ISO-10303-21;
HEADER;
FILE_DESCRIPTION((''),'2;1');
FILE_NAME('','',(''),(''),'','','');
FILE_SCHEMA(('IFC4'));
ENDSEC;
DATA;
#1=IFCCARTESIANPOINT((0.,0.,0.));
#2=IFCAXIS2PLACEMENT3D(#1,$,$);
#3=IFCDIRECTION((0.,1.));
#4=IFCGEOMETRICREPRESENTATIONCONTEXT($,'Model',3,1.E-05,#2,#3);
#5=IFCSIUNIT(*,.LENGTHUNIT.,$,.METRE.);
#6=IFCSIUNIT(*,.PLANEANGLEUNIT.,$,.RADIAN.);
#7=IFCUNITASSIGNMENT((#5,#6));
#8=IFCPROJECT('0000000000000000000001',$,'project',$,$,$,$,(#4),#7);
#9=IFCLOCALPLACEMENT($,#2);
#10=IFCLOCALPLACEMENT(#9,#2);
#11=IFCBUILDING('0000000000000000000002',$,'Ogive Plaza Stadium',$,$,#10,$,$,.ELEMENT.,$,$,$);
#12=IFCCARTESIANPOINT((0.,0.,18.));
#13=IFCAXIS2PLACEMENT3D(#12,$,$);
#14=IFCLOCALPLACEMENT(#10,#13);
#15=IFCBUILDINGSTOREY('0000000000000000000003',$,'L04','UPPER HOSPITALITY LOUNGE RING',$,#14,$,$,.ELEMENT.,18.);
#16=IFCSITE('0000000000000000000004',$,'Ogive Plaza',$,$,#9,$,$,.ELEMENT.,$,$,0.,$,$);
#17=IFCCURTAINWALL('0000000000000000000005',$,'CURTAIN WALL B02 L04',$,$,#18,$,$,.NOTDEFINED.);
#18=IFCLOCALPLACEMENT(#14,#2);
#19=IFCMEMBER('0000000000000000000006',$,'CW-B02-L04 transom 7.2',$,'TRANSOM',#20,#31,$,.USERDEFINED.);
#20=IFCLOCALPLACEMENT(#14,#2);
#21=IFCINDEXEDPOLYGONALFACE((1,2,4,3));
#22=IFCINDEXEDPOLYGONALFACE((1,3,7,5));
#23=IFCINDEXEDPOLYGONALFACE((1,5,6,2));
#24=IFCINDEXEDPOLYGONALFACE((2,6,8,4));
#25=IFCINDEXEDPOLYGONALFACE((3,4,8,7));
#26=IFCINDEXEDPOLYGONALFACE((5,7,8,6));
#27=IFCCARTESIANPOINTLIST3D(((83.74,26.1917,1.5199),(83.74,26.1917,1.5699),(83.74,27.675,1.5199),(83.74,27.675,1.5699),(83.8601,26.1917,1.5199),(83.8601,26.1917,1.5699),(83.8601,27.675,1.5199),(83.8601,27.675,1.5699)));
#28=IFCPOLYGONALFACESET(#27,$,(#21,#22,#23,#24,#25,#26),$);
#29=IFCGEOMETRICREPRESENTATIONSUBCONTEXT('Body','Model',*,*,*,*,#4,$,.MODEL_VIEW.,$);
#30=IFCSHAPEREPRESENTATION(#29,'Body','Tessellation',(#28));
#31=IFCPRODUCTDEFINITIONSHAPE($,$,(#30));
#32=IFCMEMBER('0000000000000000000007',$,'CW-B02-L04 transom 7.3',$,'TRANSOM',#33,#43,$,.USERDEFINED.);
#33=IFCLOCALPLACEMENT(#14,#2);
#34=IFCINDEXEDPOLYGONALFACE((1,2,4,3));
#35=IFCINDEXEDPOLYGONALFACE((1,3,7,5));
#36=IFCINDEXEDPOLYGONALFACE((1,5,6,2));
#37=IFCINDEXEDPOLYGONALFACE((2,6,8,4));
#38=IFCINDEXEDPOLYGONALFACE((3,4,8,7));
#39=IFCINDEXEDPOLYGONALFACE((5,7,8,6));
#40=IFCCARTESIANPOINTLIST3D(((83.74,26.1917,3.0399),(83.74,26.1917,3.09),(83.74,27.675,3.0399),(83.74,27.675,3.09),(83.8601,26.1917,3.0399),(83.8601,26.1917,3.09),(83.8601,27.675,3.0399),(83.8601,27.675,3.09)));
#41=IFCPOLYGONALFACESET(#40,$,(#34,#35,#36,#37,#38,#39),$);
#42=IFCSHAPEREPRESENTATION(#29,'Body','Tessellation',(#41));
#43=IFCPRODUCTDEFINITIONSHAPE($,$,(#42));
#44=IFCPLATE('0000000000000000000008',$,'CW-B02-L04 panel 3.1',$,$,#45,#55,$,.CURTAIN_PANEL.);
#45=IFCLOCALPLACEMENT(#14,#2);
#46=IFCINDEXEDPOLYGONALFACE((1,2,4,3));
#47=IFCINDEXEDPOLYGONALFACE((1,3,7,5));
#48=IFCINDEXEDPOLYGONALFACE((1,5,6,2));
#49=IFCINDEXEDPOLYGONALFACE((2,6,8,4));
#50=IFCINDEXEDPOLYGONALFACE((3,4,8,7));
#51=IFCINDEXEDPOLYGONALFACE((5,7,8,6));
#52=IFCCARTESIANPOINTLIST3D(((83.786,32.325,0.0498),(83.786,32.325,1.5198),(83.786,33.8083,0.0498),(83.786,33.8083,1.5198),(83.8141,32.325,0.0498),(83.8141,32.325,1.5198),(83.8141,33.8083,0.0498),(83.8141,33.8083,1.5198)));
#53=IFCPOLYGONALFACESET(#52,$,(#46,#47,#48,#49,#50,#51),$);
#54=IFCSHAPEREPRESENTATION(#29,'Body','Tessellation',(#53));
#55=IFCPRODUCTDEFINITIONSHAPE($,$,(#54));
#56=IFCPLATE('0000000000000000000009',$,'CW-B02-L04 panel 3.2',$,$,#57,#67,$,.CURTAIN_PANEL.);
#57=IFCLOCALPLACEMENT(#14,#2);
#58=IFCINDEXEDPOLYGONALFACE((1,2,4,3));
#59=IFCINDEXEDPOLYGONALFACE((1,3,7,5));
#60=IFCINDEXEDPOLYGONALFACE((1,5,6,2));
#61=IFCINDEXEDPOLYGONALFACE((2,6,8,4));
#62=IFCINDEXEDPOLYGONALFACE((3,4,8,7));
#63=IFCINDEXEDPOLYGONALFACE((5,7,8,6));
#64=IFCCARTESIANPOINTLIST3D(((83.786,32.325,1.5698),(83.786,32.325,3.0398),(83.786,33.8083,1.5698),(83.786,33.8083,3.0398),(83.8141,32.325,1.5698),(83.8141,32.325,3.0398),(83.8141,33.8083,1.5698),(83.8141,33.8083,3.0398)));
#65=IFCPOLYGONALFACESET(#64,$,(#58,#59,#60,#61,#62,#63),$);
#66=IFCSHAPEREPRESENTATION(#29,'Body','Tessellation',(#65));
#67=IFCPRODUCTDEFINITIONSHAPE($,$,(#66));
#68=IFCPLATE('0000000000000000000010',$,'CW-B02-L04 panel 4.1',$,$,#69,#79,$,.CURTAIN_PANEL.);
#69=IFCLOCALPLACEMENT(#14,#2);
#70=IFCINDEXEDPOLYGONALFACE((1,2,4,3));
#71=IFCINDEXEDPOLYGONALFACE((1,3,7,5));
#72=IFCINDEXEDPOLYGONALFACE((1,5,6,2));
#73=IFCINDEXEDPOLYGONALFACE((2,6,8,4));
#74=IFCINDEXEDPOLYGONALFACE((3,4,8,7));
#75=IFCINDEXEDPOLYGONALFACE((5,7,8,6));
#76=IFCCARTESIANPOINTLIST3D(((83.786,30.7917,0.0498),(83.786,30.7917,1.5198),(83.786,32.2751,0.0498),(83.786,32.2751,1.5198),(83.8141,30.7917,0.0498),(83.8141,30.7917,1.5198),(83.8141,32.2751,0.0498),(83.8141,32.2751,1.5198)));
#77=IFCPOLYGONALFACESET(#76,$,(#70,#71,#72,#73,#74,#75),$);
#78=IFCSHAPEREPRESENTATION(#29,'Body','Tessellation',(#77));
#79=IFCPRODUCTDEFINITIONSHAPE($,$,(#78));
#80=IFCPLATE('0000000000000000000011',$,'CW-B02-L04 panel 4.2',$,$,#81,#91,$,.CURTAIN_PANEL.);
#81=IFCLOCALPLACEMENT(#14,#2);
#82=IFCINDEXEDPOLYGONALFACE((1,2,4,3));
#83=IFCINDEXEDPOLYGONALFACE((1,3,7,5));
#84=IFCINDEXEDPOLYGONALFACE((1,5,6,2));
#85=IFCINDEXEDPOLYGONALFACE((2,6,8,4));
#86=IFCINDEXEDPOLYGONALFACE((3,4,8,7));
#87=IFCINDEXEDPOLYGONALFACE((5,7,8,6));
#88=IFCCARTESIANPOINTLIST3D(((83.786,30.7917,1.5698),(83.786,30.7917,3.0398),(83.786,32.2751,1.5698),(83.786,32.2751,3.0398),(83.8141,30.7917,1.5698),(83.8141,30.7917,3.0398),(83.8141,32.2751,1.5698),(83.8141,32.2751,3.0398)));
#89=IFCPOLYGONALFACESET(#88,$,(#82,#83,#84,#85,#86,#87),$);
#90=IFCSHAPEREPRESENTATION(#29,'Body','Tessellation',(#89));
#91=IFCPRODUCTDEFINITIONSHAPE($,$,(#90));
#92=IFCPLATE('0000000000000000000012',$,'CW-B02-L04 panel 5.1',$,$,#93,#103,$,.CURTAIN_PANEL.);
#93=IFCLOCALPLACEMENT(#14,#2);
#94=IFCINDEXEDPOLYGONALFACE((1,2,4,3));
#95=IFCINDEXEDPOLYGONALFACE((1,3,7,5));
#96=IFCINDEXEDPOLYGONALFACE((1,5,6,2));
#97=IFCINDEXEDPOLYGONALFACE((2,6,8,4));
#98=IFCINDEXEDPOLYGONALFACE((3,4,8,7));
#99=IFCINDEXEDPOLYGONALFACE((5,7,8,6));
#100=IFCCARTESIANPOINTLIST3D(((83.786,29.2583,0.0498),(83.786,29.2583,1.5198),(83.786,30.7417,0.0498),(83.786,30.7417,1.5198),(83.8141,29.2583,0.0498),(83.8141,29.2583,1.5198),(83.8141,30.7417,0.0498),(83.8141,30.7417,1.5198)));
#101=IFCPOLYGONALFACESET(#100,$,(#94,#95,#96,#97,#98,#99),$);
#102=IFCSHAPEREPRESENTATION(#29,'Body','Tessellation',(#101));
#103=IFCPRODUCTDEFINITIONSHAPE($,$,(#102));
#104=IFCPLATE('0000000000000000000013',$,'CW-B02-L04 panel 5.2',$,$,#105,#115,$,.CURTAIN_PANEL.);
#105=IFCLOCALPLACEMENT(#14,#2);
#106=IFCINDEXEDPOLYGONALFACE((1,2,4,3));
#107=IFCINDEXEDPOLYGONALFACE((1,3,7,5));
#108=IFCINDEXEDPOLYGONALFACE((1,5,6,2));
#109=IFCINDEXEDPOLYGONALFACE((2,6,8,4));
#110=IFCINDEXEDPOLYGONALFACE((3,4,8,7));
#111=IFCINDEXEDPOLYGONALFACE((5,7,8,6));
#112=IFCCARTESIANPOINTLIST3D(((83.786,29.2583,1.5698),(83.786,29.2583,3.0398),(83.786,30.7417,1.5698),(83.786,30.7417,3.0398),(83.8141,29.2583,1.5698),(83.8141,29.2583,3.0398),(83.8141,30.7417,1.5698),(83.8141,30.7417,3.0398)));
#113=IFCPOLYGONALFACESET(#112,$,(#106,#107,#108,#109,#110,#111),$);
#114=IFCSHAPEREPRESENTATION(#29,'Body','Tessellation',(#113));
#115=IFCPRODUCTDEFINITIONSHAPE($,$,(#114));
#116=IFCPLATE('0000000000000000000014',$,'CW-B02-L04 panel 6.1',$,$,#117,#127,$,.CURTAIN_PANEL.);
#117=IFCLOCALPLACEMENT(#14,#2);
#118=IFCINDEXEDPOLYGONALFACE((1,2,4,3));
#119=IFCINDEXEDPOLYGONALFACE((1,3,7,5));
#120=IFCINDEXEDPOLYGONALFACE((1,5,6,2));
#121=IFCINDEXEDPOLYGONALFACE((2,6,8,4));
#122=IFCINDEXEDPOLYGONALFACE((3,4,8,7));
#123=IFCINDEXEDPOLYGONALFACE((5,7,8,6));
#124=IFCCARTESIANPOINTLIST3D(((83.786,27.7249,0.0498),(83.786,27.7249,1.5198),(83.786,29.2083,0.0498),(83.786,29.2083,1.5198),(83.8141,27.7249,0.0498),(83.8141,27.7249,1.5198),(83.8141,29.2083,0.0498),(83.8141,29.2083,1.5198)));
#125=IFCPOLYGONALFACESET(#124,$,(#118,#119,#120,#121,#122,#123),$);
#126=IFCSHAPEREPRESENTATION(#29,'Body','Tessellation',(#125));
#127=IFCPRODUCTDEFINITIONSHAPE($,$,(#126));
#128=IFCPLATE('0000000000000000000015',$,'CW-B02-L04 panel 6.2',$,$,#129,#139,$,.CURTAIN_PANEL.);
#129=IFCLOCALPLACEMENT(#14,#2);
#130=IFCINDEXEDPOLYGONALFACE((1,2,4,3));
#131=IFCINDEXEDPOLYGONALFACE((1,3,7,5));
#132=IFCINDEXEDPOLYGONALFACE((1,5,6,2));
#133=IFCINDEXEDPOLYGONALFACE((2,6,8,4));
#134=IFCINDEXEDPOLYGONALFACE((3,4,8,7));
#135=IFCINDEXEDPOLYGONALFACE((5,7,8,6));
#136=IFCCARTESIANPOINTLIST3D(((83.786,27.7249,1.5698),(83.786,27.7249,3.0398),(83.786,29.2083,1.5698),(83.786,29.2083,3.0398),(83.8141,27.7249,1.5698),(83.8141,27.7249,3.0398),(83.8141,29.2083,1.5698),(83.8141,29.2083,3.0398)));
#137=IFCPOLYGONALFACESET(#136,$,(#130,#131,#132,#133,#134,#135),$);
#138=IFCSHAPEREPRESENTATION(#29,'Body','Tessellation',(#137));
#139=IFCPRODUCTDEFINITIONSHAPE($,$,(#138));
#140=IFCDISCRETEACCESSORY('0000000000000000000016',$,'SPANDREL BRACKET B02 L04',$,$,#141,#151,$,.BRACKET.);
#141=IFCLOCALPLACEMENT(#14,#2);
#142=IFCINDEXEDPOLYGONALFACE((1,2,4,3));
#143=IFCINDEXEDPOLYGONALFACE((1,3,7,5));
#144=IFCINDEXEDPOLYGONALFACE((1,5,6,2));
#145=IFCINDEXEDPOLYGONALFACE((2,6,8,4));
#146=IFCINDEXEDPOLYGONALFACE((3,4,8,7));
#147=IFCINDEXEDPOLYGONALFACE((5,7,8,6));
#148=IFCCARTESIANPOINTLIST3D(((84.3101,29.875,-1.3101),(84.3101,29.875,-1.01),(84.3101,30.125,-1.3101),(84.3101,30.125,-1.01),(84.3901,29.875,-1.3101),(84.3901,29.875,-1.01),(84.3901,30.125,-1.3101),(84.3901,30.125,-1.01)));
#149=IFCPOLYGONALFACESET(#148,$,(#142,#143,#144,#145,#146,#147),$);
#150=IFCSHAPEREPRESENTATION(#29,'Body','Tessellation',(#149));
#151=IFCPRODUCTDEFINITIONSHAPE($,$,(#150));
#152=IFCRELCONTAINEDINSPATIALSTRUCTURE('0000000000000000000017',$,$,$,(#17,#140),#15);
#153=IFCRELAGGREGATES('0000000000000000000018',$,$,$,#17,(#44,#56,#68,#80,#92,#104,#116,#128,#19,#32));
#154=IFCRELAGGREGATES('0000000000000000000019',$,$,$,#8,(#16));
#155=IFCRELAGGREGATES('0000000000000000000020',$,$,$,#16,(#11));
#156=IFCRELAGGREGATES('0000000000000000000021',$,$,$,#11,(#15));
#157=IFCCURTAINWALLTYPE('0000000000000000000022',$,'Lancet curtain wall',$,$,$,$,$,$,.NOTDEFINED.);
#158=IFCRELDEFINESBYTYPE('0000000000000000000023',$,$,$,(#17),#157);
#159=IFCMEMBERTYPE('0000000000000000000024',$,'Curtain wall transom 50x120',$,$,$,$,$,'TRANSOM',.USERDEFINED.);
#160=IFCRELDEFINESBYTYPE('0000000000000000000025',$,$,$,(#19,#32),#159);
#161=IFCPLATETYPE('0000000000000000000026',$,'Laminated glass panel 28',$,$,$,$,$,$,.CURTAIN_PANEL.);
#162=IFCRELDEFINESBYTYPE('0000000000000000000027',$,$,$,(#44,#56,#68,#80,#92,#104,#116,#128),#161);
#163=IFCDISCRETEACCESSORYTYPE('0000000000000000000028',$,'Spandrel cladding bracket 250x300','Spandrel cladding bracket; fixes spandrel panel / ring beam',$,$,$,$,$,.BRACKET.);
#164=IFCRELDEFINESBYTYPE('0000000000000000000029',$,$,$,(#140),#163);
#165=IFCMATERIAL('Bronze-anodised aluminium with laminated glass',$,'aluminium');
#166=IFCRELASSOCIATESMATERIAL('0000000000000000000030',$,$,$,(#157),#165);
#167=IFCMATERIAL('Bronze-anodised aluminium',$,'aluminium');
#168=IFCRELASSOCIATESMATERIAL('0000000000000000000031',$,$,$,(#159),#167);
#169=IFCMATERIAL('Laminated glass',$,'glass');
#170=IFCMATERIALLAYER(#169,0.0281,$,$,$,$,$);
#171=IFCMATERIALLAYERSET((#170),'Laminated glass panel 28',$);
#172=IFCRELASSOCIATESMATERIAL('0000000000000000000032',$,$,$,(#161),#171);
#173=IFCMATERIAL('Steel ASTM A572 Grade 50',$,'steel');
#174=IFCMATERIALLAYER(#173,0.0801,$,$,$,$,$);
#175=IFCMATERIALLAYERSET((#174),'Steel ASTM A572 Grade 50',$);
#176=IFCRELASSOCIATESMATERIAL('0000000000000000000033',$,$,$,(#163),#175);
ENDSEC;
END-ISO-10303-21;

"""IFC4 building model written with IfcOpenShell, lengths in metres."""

from ifc_helpers import new_model, si_unit, direction, frame, origin, origin_2d, place, context, subcontext, project, spatial, rectangle, extrude, material, layer, layer_set, material_profile, profile_set, type_object, element, aggregate, save


model = new_model("IFC4")

# Units and contexts
model_context = context("Model", 3, precision=1e-05, world=origin(), true_north=direction((0.0, 1.0)))
body_context = subcontext(model_context, "Body", "Model", "MODEL_VIEW")
ifc_project = project(units=[si_unit("LENGTHUNIT", "METRE"), si_unit("PLANEANGLEUNIT", "RADIAN")], contexts=[model_context])

# Site, building, storey
site_placement = place(None, origin())
site = spatial("IfcSite", under=ifc_project, at=site_placement, Name="Ogive Plaza", CompositionType="ELEMENT", RefElevation=0.0)
building_placement = place(site_placement, origin())
building = spatial("IfcBuilding", under=site, at=building_placement, Name="Ogive Plaza Stadium", CompositionType="ELEMENT")
storey_placement = place(building_placement, frame((0.0, 0.0, 18.0)))
storey = spatial("IfcBuildingStorey", under=building, at=storey_placement, Name="L04", Description="UPPER HOSPITALITY LOUNGE RING", CompositionType="ELEMENT", Elevation=18.0)

# Curtain wall, members, plates
ifc_material_1 = material(Name="Bronze-anodised aluminium with laminated glass", Category="aluminium")
curtain_wall_type = type_object("IfcCurtainWallType", Name="Lancet curtain wall", PredefinedType="NOTDEFINED", material=ifc_material_1)
curtain_wall_placement = place(storey_placement, origin())
curtain_wall = element("IfcCurtainWall", 1, at=curtain_wall_placement, inside=storey, type_object=curtain_wall_type, Name="CURTAIN WALL B02 L04", PredefinedType="NOTDEFINED")
ifc_material_2 = material(Name="Bronze-anodised aluminium", Category="aluminium")
ifc_material_profile_1 = material_profile(ifc_material_2, rectangle(XDim=0.1201, YDim=0.05, at=origin_2d()), Name="AL 120x50")
ifc_profile_set_1 = profile_set([ifc_material_profile_1], Name="Bronze-anodised aluminium")
member_type_1 = type_object("IfcMemberType", Name="Curtain wall transom 50x120", ElementType="TRANSOM", PredefinedType="USERDEFINED", material=ifc_profile_set_1)
member_1_placement = place(storey_placement, frame((83.8, 27.675, 1.5449), z_axis=(0.0, -1.0, 0.0), x_axis=(1.0, 0.0, 0.0)))
member_1 = element("IfcMember", 2, at=member_1_placement, type_object=member_type_1, Name="CW-B02-L04 transom 7.2", ObjectType="TRANSOM", PredefinedType="USERDEFINED", context=body_context, shape_type="SweptSolid", body=[
    extrude(rectangle(XDim=0.1201, YDim=0.05, at=origin_2d()), origin(), (0.0, 0.0, 1.0), 1.4834),
])
member_2_placement = place(storey_placement, frame((83.8, 27.675, 3.0649), z_axis=(0.0, -1.0, 0.0), x_axis=(1.0, 0.0, 0.0)))
member_2 = element("IfcMember", 3, at=member_2_placement, type_object=member_type_1, Name="CW-B02-L04 transom 7.3", ObjectType="TRANSOM", PredefinedType="USERDEFINED", context=body_context, shape_type="SweptSolid", body=[
    extrude(rectangle(XDim=0.1201, YDim=0.05, at=origin_2d()), origin(), (0.0, 0.0, 1.0), 1.4834),
])
ifc_material_3 = material(Name="Laminated glass", Category="glass")
ifc_layer_1 = layer(ifc_material_3, 0.0281)
ifc_layer_set_1 = layer_set([ifc_layer_1], Name="Laminated glass panel 28")
plate_type = type_object("IfcPlateType", Name="Laminated glass panel 28", PredefinedType="CURTAIN_PANEL", material=ifc_layer_set_1)
plate_1_placement = place(storey_placement, frame((83.8, 33.0667, 0.0498), z_axis=(0.0, 0.0, 1.0), x_axis=(0.0, -1.0, 0.0)))
plate_1 = element("IfcPlate", 4, at=plate_1_placement, type_object=plate_type, Name="CW-B02-L04 panel 3.1", PredefinedType="CURTAIN_PANEL", context=body_context, shape_type="SweptSolid", body=[
    extrude(rectangle(XDim=1.4834, YDim=0.0281, at=origin_2d()), origin(), (0.0, 0.0, 1.0), 1.47),
])
plate_2_placement = place(storey_placement, frame((83.8, 33.0667, 1.5698), z_axis=(0.0, 0.0, 1.0), x_axis=(0.0, -1.0, 0.0)))
plate_2 = element("IfcPlate", 5, at=plate_2_placement, type_object=plate_type, Name="CW-B02-L04 panel 3.2", PredefinedType="CURTAIN_PANEL", context=body_context, shape_type="SweptSolid", body=[
    extrude(rectangle(XDim=1.4834, YDim=0.0281, at=origin_2d()), origin(), (0.0, 0.0, 1.0), 1.47),
])
plate_3_placement = place(storey_placement, frame((83.8, 31.5334, 0.0498), z_axis=(0.0, 0.0, 1.0), x_axis=(0.0, -1.0, 0.0)))
plate_3 = element("IfcPlate", 6, at=plate_3_placement, type_object=plate_type, Name="CW-B02-L04 panel 4.1", PredefinedType="CURTAIN_PANEL", context=body_context, shape_type="SweptSolid", body=[
    extrude(rectangle(XDim=1.4834, YDim=0.0281, at=origin_2d()), origin(), (0.0, 0.0, 1.0), 1.47),
])
plate_4_placement = place(storey_placement, frame((83.8, 31.5334, 1.5698), z_axis=(0.0, 0.0, 1.0), x_axis=(0.0, -1.0, 0.0)))
plate_4 = element("IfcPlate", 7, at=plate_4_placement, type_object=plate_type, Name="CW-B02-L04 panel 4.2", PredefinedType="CURTAIN_PANEL", context=body_context, shape_type="SweptSolid", body=[
    extrude(rectangle(XDim=1.4834, YDim=0.0281, at=origin_2d()), origin(), (0.0, 0.0, 1.0), 1.47),
])
plate_5_placement = place(storey_placement, frame((83.8, 30.0, 0.0498), z_axis=(0.0, 0.0, 1.0), x_axis=(0.0, -1.0, 0.0)))
plate_5 = element("IfcPlate", 8, at=plate_5_placement, type_object=plate_type, Name="CW-B02-L04 panel 5.1", PredefinedType="CURTAIN_PANEL", context=body_context, shape_type="SweptSolid", body=[
    extrude(rectangle(XDim=1.4834, YDim=0.0281, at=origin_2d()), origin(), (0.0, 0.0, 1.0), 1.47),
])
plate_6_placement = place(storey_placement, frame((83.8, 30.0, 1.5698), z_axis=(0.0, 0.0, 1.0), x_axis=(0.0, -1.0, 0.0)))
plate_6 = element("IfcPlate", 9, at=plate_6_placement, type_object=plate_type, Name="CW-B02-L04 panel 5.2", PredefinedType="CURTAIN_PANEL", context=body_context, shape_type="SweptSolid", body=[
    extrude(rectangle(XDim=1.4834, YDim=0.0281, at=origin_2d()), origin(), (0.0, 0.0, 1.0), 1.47),
])
plate_7_placement = place(storey_placement, frame((83.8, 28.4666, 0.0498), z_axis=(0.0, 0.0, 1.0), x_axis=(0.0, -1.0, 0.0)))
plate_7 = element("IfcPlate", 10, at=plate_7_placement, type_object=plate_type, Name="CW-B02-L04 panel 6.1", PredefinedType="CURTAIN_PANEL", context=body_context, shape_type="SweptSolid", body=[
    extrude(rectangle(XDim=1.4834, YDim=0.0281, at=origin_2d()), origin(), (0.0, 0.0, 1.0), 1.47),
])
plate_8_placement = place(storey_placement, frame((83.8, 28.4666, 1.5698), z_axis=(0.0, 0.0, 1.0), x_axis=(0.0, -1.0, 0.0)))
plate_8 = element("IfcPlate", 11, at=plate_8_placement, type_object=plate_type, Name="CW-B02-L04 panel 6.2", PredefinedType="CURTAIN_PANEL", context=body_context, shape_type="SweptSolid", body=[
    extrude(rectangle(XDim=1.4834, YDim=0.0281, at=origin_2d()), origin(), (0.0, 0.0, 1.0), 1.47),
])
aggregate(curtain_wall, [plate_1, plate_2, plate_3, plate_4, plate_5, plate_6, plate_7, plate_8, member_1, member_2])

# Discrete accessory
ifc_material_4 = material(Name="Steel ASTM A572 Grade 50", Category="steel")
ifc_layer_2 = layer(ifc_material_4, 0.0801)
ifc_layer_set_2 = layer_set([ifc_layer_2], Name="Steel ASTM A572 Grade 50")
discrete_accessory_type = type_object("IfcDiscreteAccessoryType", Name="Spandrel cladding bracket 250x300", Description="Spandrel cladding bracket; fixes spandrel panel / ring beam", PredefinedType="BRACKET", material=ifc_layer_set_2)
discrete_accessory_placement = place(storey_placement, frame((84.3501, 30.0, -1.3101), z_axis=(0.0, 0.0, 1.0), x_axis=(0.0, -1.0, 0.0)))
element("IfcDiscreteAccessory", 12, at=discrete_accessory_placement, inside=storey, type_object=discrete_accessory_type, Name="SPANDREL BRACKET B02 L04", PredefinedType="BRACKET", context=body_context, shape_type="SweptSolid", body=[
    extrude(rectangle(XDim=0.25, YDim=0.0801, at=origin_2d()), origin(), (0.0, 0.0, 1.0), 0.3),
])

save(model, "model.ifc")
